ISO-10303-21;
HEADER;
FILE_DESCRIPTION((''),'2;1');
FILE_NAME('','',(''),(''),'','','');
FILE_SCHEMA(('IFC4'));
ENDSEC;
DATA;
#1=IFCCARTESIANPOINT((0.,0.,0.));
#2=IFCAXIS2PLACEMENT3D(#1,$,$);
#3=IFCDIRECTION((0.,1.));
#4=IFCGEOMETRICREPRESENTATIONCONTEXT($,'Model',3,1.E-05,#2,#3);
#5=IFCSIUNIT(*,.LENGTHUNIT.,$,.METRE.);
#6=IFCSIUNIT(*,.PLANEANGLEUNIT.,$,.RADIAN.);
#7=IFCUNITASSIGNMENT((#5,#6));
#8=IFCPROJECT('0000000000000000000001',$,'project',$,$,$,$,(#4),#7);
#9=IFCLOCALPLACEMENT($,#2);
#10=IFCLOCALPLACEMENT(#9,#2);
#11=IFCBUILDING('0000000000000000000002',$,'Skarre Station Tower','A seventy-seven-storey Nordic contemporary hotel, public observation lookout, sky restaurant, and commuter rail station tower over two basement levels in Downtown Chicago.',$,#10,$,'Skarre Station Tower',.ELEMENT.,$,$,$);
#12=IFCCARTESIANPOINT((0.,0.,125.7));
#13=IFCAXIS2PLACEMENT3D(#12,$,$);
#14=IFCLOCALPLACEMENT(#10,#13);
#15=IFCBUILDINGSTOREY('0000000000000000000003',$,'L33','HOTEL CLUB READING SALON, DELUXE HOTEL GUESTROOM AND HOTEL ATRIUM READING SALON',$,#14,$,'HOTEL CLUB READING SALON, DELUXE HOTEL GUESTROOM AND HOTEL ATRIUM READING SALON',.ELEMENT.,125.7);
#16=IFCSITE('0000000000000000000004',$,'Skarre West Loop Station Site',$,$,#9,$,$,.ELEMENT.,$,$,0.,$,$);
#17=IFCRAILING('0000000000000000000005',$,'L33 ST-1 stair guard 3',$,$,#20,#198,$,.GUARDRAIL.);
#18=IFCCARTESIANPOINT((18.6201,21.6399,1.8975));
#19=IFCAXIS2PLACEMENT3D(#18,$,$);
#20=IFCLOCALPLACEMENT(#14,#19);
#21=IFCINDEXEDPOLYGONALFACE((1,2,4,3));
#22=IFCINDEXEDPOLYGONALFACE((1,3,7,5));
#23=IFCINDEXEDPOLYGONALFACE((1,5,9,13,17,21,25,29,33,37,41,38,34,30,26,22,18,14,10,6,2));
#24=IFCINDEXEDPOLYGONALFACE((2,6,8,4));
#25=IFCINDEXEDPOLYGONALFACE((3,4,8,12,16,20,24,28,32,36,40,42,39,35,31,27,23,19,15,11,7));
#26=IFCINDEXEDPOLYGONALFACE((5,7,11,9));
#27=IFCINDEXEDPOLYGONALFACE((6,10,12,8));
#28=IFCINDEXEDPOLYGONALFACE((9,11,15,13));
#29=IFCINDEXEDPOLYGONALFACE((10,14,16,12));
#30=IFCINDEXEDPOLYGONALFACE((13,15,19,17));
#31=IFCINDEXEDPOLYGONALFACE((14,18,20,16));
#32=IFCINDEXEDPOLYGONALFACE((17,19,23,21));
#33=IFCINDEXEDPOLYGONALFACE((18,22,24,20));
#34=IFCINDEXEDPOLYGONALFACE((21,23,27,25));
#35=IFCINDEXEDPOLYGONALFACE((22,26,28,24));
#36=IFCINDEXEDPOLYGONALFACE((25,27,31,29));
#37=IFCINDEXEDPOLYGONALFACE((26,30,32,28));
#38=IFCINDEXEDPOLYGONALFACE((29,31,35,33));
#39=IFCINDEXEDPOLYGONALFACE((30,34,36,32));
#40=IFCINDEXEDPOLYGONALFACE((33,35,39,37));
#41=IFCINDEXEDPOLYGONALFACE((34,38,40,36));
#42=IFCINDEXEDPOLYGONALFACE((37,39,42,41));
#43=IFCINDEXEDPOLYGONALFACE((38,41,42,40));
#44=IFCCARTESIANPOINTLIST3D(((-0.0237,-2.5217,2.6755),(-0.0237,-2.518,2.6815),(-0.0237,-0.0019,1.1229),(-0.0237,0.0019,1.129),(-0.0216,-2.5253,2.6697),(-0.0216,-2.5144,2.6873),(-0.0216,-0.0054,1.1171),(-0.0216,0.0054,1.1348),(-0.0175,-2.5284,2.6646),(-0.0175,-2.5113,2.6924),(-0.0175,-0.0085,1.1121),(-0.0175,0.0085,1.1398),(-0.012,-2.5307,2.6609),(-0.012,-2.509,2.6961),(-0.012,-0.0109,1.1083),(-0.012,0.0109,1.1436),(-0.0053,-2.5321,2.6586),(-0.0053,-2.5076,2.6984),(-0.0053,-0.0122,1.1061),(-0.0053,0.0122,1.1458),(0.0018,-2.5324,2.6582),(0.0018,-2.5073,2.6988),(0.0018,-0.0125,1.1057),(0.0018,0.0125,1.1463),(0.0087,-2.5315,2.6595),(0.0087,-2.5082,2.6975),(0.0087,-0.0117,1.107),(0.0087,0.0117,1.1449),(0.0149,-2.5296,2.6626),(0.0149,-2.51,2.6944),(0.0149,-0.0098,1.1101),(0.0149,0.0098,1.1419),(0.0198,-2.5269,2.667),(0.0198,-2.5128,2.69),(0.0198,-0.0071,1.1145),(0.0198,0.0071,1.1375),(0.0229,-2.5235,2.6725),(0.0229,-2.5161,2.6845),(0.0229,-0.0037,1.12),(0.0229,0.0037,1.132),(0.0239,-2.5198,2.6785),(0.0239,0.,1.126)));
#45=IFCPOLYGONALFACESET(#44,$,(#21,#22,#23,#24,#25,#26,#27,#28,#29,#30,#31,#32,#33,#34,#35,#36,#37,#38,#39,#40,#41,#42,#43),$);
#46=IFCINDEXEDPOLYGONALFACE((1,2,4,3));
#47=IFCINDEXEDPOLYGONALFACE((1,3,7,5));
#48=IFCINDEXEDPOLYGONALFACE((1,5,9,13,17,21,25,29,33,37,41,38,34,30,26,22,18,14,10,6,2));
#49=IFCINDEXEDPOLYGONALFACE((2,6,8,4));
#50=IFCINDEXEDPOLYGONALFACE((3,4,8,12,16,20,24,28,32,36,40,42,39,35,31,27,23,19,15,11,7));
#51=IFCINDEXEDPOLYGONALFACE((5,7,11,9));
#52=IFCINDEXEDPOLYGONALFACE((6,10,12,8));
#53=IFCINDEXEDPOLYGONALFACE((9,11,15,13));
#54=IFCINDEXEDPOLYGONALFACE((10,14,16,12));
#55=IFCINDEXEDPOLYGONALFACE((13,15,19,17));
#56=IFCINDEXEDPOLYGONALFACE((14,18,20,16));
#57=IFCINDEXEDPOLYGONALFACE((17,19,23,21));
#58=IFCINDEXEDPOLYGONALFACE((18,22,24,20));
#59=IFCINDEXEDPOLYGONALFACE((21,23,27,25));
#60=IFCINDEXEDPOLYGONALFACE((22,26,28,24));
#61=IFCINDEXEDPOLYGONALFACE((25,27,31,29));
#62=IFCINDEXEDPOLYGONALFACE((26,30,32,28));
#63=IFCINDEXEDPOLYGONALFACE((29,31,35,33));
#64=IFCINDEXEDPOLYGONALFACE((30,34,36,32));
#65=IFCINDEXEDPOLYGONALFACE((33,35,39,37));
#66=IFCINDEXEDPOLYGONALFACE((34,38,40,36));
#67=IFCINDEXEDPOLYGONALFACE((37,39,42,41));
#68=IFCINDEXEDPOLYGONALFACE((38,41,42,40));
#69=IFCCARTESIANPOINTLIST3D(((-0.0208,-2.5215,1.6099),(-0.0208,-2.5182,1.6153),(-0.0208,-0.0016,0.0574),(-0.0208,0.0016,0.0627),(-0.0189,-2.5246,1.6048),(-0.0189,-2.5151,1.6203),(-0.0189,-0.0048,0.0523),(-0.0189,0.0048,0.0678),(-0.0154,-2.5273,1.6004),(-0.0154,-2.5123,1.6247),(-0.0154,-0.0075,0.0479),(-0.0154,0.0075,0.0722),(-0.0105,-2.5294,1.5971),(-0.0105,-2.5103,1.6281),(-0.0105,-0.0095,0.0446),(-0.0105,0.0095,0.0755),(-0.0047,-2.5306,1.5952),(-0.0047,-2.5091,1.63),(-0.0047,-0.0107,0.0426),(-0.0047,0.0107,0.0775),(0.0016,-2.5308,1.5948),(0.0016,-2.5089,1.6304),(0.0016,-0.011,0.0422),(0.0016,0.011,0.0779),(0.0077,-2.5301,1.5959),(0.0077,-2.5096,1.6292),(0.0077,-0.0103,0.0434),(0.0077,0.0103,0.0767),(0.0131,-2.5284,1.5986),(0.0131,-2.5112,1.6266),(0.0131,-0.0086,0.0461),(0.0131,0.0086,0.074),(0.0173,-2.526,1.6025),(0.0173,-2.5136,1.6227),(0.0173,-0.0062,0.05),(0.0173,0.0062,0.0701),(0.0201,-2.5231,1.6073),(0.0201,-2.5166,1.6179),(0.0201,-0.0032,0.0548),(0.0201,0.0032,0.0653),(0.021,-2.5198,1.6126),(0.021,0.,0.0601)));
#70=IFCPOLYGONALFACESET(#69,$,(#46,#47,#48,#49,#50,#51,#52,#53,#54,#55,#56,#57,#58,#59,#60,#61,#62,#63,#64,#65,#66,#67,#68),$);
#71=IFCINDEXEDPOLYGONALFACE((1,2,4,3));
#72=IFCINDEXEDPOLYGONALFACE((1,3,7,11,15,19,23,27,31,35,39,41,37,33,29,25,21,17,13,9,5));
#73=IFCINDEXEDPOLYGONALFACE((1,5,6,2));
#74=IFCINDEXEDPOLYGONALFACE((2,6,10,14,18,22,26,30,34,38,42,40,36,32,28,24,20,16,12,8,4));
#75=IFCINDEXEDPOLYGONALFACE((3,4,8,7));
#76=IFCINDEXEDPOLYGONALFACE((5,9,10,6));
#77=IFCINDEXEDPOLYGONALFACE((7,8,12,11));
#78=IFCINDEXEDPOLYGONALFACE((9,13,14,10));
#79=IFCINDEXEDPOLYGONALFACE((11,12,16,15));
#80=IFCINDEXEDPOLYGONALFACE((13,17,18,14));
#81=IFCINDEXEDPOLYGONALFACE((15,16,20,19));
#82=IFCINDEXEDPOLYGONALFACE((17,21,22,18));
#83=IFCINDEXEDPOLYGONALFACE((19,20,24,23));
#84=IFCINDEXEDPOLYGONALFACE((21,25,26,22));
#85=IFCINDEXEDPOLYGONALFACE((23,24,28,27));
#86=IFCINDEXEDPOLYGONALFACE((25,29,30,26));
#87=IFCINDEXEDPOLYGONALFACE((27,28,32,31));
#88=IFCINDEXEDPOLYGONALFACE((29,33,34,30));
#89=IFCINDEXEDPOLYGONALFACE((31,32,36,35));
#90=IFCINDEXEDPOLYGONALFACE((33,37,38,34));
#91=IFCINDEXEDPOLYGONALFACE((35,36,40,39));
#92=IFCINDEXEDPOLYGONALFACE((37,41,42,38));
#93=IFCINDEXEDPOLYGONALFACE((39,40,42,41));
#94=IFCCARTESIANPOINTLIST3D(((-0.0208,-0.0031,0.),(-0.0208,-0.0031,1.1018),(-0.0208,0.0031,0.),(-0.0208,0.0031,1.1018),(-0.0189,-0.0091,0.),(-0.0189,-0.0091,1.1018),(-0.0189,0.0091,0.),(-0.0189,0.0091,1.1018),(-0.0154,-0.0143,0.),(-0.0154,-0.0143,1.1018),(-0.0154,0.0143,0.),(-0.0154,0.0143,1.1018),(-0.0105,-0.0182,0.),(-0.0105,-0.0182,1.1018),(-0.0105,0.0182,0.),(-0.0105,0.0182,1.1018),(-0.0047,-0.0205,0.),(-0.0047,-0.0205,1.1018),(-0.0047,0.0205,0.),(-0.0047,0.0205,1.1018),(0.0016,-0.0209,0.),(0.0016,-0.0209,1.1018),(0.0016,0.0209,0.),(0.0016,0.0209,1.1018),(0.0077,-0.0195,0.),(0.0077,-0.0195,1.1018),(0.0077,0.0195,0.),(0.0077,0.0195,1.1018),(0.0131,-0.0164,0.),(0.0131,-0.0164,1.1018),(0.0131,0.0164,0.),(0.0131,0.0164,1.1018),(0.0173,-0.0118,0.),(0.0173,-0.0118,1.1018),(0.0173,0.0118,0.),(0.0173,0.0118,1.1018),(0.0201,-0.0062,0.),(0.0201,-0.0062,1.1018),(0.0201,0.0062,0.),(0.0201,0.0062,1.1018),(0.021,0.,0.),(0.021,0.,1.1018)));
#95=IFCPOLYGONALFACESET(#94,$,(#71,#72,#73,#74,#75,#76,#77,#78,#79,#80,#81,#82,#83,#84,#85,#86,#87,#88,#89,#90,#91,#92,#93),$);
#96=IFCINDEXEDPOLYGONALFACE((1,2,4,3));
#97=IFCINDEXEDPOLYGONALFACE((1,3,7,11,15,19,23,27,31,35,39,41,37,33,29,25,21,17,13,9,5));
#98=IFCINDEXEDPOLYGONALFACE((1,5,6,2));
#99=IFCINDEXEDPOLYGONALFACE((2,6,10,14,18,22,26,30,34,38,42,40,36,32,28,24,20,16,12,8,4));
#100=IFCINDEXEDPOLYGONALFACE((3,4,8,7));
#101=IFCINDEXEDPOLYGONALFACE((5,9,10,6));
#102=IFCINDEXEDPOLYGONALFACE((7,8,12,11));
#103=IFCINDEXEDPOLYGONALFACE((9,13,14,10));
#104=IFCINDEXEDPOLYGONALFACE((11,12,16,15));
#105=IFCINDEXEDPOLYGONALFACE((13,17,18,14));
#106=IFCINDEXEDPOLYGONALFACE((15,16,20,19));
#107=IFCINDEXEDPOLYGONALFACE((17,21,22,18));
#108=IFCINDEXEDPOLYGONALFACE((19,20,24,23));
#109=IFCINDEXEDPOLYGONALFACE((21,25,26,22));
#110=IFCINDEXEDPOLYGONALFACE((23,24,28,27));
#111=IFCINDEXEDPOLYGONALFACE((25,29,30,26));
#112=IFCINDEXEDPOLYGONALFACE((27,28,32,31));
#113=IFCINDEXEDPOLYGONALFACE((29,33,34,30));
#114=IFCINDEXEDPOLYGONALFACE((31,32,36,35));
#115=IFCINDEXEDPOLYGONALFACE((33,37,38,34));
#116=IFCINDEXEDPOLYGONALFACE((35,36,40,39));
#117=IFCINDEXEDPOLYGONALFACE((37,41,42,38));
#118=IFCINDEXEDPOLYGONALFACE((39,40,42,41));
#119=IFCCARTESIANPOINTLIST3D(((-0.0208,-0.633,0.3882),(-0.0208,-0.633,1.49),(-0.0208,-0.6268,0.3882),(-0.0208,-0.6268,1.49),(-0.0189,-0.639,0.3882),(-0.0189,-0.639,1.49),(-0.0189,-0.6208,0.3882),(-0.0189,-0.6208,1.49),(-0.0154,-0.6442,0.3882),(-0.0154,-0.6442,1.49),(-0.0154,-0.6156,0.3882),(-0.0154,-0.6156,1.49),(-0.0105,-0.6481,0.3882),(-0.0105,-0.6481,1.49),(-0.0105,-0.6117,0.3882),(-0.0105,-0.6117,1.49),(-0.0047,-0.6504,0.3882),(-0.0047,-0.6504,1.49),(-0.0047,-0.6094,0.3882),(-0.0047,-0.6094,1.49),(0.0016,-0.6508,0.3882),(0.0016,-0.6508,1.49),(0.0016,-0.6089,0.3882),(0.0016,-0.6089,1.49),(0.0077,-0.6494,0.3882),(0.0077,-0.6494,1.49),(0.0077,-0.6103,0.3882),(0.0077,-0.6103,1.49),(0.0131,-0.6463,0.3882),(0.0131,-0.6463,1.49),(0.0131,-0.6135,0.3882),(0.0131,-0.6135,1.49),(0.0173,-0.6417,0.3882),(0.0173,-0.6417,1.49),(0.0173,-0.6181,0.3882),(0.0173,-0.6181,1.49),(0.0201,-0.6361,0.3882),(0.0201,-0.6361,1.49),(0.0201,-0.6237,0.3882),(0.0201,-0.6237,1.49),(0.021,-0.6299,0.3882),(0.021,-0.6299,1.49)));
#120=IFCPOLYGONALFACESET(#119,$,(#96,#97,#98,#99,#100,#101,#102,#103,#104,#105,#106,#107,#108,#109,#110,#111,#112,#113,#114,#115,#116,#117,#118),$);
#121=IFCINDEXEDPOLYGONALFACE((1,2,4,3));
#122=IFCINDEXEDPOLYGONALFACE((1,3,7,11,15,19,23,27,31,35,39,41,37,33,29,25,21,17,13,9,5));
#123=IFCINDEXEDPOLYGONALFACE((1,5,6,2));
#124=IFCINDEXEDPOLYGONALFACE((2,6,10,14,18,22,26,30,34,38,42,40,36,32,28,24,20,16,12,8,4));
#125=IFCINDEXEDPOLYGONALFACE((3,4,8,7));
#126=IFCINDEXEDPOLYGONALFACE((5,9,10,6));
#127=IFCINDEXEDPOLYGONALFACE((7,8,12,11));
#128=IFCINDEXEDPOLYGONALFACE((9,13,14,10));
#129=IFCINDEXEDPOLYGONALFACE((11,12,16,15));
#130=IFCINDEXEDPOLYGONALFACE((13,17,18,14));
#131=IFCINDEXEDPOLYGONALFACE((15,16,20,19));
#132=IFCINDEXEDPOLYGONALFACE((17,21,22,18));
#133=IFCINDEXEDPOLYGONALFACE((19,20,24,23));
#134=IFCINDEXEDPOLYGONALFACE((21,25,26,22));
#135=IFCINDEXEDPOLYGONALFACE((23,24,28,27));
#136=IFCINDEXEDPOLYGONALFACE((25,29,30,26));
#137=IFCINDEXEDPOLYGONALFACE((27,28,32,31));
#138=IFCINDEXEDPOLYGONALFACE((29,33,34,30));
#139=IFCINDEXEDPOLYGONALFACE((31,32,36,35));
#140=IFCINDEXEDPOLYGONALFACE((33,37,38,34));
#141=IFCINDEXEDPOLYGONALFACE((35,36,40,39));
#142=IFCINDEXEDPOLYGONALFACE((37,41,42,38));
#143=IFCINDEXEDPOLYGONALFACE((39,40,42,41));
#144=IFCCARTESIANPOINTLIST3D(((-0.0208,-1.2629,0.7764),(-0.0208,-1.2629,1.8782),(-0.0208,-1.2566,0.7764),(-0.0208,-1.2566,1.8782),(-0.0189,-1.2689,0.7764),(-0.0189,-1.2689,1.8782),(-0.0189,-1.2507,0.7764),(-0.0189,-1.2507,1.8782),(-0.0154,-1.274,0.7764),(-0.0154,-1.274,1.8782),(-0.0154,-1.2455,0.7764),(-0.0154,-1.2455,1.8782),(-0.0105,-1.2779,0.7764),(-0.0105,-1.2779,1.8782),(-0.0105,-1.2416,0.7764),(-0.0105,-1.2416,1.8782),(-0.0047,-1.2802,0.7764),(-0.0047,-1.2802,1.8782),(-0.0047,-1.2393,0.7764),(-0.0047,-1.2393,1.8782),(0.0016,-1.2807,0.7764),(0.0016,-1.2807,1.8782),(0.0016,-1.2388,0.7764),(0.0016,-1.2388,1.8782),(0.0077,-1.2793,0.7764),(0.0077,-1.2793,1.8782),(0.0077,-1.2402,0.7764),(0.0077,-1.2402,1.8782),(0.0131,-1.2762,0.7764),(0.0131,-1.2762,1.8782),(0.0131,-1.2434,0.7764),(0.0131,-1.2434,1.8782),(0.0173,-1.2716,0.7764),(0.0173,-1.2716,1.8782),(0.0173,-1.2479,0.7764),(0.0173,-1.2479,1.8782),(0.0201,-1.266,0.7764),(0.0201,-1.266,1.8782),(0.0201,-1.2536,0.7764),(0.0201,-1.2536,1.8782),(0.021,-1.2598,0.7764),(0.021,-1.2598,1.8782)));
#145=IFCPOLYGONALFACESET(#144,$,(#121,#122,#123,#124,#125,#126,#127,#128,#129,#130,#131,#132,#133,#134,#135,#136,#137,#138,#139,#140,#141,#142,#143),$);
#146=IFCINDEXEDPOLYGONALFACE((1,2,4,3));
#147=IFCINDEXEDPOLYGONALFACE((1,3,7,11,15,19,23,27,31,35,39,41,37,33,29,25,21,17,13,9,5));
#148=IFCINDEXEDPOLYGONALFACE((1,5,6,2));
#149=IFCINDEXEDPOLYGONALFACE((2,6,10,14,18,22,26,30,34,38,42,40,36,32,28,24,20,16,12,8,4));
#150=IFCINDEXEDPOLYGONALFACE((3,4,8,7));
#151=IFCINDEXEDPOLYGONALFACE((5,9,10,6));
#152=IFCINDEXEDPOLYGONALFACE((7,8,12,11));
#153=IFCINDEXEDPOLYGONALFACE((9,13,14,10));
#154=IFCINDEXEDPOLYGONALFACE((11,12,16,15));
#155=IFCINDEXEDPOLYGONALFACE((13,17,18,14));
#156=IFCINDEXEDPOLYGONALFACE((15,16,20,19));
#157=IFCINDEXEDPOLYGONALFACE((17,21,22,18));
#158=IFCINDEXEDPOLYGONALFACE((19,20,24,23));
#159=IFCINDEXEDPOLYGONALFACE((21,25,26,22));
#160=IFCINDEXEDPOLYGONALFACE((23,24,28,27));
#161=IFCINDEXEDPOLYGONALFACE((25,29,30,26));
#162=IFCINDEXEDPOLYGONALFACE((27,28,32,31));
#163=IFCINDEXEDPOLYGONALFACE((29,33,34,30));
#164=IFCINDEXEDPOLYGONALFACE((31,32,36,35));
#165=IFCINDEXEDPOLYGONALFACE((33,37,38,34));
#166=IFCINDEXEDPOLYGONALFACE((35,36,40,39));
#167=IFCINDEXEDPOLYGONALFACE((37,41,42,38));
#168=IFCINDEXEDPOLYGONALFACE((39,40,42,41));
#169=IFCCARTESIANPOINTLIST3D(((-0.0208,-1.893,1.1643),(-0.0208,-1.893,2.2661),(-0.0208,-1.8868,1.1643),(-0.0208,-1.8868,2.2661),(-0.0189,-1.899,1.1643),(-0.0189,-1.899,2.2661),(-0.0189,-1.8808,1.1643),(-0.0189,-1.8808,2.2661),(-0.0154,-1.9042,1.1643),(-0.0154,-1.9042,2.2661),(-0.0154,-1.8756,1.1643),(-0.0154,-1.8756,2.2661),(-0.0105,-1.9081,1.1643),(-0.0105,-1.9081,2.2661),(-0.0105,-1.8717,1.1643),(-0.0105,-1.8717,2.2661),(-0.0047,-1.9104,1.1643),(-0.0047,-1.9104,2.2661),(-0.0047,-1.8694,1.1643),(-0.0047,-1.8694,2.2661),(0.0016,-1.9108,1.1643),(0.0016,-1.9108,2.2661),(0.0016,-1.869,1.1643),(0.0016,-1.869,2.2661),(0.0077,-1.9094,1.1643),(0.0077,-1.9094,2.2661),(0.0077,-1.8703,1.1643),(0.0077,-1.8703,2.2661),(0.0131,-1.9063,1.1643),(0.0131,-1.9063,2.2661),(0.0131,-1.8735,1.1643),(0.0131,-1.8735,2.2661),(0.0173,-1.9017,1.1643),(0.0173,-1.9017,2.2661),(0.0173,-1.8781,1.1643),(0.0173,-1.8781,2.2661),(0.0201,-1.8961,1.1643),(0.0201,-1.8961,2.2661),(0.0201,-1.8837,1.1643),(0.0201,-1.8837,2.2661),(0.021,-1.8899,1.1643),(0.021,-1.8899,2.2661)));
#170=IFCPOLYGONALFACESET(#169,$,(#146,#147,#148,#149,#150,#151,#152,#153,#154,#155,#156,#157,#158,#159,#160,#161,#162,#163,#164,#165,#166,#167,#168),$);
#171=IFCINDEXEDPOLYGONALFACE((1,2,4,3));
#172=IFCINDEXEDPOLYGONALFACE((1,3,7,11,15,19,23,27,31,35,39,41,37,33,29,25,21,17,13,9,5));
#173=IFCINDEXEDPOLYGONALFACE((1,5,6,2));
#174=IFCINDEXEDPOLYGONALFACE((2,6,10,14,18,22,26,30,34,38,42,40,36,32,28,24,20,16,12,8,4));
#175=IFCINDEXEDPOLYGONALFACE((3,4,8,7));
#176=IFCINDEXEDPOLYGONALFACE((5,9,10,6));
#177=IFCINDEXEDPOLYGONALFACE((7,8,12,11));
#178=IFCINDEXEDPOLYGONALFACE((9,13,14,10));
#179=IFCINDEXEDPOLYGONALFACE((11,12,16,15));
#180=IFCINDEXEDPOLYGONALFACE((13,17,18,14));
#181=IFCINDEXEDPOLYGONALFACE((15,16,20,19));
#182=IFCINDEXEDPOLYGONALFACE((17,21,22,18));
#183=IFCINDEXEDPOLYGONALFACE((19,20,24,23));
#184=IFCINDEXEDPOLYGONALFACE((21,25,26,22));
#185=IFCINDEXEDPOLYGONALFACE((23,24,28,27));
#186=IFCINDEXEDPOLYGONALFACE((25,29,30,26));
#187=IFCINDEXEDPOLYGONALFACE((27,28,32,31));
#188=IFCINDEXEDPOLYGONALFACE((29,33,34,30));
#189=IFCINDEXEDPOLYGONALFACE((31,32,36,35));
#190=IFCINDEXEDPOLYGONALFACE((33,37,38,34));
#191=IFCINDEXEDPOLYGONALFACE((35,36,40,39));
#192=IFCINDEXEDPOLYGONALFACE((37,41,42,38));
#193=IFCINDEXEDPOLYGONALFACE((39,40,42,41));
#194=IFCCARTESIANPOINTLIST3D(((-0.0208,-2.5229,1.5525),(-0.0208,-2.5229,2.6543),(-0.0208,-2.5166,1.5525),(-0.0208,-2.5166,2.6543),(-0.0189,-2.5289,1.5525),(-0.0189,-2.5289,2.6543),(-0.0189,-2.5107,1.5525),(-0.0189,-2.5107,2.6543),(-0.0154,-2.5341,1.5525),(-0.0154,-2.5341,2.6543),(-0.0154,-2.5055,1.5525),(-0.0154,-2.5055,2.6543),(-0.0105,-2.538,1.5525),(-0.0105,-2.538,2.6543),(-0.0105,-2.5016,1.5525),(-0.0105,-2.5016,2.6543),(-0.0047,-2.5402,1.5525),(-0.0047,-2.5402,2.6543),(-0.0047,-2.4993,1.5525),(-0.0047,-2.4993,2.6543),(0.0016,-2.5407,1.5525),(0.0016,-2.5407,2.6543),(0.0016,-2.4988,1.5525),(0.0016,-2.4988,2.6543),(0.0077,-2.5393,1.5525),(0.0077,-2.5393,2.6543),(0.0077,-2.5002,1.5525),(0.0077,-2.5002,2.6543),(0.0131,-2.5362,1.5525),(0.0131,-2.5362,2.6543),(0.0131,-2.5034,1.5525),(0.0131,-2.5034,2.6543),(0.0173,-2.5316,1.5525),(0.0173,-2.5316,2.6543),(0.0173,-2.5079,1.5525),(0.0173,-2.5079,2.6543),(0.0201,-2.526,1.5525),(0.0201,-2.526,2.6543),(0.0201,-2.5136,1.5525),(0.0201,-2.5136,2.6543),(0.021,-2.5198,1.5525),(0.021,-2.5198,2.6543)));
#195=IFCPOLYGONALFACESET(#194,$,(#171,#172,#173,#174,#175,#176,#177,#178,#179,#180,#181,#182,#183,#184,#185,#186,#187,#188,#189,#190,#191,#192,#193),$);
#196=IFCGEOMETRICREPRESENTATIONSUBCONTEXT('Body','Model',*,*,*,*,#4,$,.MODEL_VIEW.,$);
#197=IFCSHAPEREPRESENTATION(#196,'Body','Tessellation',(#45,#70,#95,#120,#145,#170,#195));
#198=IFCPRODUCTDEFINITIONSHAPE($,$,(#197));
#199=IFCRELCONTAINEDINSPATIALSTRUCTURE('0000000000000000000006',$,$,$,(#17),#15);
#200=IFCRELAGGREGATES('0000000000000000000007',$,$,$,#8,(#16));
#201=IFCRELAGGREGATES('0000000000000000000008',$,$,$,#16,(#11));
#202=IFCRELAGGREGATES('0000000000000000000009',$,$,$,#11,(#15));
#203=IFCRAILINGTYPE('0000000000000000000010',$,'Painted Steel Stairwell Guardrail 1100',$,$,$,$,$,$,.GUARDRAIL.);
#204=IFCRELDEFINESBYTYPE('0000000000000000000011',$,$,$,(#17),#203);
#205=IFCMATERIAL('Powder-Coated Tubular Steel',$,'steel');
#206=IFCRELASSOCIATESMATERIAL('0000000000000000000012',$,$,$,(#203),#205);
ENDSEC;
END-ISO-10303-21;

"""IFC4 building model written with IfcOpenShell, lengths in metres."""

from ifc_helpers import new_model, si_unit, direction, frame, origin, origin_2d, place, context, subcontext, project, spatial, circle, extrude, material, type_object, element, save


model = new_model("IFC4")

# Units and contexts
model_context = context("Model", 3, precision=1e-05, world=origin(), true_north=direction((0.0, 1.0)))
body_context = subcontext(model_context, "Body", "Model", "MODEL_VIEW")
ifc_project = project(units=[si_unit("LENGTHUNIT", "METRE"), si_unit("PLANEANGLEUNIT", "RADIAN")], contexts=[model_context])

# Site, building, storey
site_placement = place(None, origin())
site = spatial("IfcSite", under=ifc_project, at=site_placement, Name="Skarre West Loop Station Site", CompositionType="ELEMENT", RefElevation=0.0)
building_placement = place(site_placement, origin())
building = spatial("IfcBuilding", under=site, at=building_placement, Name="Skarre Station Tower", Description="A seventy-seven-storey Nordic contemporary hotel, public observation lookout, sky restaurant, and commuter rail station tower over two basement levels in Downtown Chicago.", LongName="Skarre Station Tower", CompositionType="ELEMENT")
storey_placement = place(building_placement, frame((0.0, 0.0, 125.7)))
storey = spatial("IfcBuildingStorey", under=building, at=storey_placement, Name="L33", Description="HOTEL CLUB READING SALON, DELUXE HOTEL GUESTROOM AND HOTEL ATRIUM READING SALON", LongName="HOTEL CLUB READING SALON, DELUXE HOTEL GUESTROOM AND HOTEL ATRIUM READING SALON", CompositionType="ELEMENT", Elevation=125.7)

# Railing
ifc_material_1 = material(Name="Powder-Coated Tubular Steel", Category="steel")
railing_type_1 = type_object("IfcRailingType", Name="Painted Steel Stairwell Guardrail 1100", PredefinedType="GUARDRAIL", material=ifc_material_1)
railing_1_placement = place(storey_placement, frame((18.6201, 21.6399, 1.8975)))
element("IfcRailing", 1, at=railing_1_placement, inside=storey, type_object=railing_type_1, Name="L33 ST-1 stair guard 3", PredefinedType="GUARDRAIL", context=body_context, shape_type="SweptSolid", body=[
    extrude(circle(Radius=0.0239, at=origin_2d()), frame((0.0, 0.0, 1.126), z_axis=(0.0, -0.851378, 0.524553), x_axis=(1.0, 0.0, 0.0)), (0.0, 0.0, 1.0), 2.9597),
    extrude(circle(Radius=0.021, at=origin_2d()), frame((0.0, 0.0, 0.0601), z_axis=(0.0, -0.851378, 0.524553), x_axis=(1.0, 0.0, 0.0)), (0.0, 0.0, 1.0), 2.9597),
    extrude(circle(Radius=0.021, at=origin_2d()), origin(), (0.0, 0.0, 1.0), 1.1018),
    extrude(circle(Radius=0.021, at=origin_2d()), frame((0.0, -0.6299, 0.3882)), (0.0, 0.0, 1.0), 1.1018),
    extrude(circle(Radius=0.021, at=origin_2d()), frame((0.0, -1.2598, 0.7764)), (0.0, 0.0, 1.0), 1.1018),
    extrude(circle(Radius=0.021, at=origin_2d()), frame((0.0, -1.8899, 1.1643)), (0.0, 0.0, 1.0), 1.1018),
    extrude(circle(Radius=0.021, at=origin_2d()), frame((0.0, -2.5198, 1.5525)), (0.0, 0.0, 1.0), 1.1018),
])

save(model, "model.ifc")
